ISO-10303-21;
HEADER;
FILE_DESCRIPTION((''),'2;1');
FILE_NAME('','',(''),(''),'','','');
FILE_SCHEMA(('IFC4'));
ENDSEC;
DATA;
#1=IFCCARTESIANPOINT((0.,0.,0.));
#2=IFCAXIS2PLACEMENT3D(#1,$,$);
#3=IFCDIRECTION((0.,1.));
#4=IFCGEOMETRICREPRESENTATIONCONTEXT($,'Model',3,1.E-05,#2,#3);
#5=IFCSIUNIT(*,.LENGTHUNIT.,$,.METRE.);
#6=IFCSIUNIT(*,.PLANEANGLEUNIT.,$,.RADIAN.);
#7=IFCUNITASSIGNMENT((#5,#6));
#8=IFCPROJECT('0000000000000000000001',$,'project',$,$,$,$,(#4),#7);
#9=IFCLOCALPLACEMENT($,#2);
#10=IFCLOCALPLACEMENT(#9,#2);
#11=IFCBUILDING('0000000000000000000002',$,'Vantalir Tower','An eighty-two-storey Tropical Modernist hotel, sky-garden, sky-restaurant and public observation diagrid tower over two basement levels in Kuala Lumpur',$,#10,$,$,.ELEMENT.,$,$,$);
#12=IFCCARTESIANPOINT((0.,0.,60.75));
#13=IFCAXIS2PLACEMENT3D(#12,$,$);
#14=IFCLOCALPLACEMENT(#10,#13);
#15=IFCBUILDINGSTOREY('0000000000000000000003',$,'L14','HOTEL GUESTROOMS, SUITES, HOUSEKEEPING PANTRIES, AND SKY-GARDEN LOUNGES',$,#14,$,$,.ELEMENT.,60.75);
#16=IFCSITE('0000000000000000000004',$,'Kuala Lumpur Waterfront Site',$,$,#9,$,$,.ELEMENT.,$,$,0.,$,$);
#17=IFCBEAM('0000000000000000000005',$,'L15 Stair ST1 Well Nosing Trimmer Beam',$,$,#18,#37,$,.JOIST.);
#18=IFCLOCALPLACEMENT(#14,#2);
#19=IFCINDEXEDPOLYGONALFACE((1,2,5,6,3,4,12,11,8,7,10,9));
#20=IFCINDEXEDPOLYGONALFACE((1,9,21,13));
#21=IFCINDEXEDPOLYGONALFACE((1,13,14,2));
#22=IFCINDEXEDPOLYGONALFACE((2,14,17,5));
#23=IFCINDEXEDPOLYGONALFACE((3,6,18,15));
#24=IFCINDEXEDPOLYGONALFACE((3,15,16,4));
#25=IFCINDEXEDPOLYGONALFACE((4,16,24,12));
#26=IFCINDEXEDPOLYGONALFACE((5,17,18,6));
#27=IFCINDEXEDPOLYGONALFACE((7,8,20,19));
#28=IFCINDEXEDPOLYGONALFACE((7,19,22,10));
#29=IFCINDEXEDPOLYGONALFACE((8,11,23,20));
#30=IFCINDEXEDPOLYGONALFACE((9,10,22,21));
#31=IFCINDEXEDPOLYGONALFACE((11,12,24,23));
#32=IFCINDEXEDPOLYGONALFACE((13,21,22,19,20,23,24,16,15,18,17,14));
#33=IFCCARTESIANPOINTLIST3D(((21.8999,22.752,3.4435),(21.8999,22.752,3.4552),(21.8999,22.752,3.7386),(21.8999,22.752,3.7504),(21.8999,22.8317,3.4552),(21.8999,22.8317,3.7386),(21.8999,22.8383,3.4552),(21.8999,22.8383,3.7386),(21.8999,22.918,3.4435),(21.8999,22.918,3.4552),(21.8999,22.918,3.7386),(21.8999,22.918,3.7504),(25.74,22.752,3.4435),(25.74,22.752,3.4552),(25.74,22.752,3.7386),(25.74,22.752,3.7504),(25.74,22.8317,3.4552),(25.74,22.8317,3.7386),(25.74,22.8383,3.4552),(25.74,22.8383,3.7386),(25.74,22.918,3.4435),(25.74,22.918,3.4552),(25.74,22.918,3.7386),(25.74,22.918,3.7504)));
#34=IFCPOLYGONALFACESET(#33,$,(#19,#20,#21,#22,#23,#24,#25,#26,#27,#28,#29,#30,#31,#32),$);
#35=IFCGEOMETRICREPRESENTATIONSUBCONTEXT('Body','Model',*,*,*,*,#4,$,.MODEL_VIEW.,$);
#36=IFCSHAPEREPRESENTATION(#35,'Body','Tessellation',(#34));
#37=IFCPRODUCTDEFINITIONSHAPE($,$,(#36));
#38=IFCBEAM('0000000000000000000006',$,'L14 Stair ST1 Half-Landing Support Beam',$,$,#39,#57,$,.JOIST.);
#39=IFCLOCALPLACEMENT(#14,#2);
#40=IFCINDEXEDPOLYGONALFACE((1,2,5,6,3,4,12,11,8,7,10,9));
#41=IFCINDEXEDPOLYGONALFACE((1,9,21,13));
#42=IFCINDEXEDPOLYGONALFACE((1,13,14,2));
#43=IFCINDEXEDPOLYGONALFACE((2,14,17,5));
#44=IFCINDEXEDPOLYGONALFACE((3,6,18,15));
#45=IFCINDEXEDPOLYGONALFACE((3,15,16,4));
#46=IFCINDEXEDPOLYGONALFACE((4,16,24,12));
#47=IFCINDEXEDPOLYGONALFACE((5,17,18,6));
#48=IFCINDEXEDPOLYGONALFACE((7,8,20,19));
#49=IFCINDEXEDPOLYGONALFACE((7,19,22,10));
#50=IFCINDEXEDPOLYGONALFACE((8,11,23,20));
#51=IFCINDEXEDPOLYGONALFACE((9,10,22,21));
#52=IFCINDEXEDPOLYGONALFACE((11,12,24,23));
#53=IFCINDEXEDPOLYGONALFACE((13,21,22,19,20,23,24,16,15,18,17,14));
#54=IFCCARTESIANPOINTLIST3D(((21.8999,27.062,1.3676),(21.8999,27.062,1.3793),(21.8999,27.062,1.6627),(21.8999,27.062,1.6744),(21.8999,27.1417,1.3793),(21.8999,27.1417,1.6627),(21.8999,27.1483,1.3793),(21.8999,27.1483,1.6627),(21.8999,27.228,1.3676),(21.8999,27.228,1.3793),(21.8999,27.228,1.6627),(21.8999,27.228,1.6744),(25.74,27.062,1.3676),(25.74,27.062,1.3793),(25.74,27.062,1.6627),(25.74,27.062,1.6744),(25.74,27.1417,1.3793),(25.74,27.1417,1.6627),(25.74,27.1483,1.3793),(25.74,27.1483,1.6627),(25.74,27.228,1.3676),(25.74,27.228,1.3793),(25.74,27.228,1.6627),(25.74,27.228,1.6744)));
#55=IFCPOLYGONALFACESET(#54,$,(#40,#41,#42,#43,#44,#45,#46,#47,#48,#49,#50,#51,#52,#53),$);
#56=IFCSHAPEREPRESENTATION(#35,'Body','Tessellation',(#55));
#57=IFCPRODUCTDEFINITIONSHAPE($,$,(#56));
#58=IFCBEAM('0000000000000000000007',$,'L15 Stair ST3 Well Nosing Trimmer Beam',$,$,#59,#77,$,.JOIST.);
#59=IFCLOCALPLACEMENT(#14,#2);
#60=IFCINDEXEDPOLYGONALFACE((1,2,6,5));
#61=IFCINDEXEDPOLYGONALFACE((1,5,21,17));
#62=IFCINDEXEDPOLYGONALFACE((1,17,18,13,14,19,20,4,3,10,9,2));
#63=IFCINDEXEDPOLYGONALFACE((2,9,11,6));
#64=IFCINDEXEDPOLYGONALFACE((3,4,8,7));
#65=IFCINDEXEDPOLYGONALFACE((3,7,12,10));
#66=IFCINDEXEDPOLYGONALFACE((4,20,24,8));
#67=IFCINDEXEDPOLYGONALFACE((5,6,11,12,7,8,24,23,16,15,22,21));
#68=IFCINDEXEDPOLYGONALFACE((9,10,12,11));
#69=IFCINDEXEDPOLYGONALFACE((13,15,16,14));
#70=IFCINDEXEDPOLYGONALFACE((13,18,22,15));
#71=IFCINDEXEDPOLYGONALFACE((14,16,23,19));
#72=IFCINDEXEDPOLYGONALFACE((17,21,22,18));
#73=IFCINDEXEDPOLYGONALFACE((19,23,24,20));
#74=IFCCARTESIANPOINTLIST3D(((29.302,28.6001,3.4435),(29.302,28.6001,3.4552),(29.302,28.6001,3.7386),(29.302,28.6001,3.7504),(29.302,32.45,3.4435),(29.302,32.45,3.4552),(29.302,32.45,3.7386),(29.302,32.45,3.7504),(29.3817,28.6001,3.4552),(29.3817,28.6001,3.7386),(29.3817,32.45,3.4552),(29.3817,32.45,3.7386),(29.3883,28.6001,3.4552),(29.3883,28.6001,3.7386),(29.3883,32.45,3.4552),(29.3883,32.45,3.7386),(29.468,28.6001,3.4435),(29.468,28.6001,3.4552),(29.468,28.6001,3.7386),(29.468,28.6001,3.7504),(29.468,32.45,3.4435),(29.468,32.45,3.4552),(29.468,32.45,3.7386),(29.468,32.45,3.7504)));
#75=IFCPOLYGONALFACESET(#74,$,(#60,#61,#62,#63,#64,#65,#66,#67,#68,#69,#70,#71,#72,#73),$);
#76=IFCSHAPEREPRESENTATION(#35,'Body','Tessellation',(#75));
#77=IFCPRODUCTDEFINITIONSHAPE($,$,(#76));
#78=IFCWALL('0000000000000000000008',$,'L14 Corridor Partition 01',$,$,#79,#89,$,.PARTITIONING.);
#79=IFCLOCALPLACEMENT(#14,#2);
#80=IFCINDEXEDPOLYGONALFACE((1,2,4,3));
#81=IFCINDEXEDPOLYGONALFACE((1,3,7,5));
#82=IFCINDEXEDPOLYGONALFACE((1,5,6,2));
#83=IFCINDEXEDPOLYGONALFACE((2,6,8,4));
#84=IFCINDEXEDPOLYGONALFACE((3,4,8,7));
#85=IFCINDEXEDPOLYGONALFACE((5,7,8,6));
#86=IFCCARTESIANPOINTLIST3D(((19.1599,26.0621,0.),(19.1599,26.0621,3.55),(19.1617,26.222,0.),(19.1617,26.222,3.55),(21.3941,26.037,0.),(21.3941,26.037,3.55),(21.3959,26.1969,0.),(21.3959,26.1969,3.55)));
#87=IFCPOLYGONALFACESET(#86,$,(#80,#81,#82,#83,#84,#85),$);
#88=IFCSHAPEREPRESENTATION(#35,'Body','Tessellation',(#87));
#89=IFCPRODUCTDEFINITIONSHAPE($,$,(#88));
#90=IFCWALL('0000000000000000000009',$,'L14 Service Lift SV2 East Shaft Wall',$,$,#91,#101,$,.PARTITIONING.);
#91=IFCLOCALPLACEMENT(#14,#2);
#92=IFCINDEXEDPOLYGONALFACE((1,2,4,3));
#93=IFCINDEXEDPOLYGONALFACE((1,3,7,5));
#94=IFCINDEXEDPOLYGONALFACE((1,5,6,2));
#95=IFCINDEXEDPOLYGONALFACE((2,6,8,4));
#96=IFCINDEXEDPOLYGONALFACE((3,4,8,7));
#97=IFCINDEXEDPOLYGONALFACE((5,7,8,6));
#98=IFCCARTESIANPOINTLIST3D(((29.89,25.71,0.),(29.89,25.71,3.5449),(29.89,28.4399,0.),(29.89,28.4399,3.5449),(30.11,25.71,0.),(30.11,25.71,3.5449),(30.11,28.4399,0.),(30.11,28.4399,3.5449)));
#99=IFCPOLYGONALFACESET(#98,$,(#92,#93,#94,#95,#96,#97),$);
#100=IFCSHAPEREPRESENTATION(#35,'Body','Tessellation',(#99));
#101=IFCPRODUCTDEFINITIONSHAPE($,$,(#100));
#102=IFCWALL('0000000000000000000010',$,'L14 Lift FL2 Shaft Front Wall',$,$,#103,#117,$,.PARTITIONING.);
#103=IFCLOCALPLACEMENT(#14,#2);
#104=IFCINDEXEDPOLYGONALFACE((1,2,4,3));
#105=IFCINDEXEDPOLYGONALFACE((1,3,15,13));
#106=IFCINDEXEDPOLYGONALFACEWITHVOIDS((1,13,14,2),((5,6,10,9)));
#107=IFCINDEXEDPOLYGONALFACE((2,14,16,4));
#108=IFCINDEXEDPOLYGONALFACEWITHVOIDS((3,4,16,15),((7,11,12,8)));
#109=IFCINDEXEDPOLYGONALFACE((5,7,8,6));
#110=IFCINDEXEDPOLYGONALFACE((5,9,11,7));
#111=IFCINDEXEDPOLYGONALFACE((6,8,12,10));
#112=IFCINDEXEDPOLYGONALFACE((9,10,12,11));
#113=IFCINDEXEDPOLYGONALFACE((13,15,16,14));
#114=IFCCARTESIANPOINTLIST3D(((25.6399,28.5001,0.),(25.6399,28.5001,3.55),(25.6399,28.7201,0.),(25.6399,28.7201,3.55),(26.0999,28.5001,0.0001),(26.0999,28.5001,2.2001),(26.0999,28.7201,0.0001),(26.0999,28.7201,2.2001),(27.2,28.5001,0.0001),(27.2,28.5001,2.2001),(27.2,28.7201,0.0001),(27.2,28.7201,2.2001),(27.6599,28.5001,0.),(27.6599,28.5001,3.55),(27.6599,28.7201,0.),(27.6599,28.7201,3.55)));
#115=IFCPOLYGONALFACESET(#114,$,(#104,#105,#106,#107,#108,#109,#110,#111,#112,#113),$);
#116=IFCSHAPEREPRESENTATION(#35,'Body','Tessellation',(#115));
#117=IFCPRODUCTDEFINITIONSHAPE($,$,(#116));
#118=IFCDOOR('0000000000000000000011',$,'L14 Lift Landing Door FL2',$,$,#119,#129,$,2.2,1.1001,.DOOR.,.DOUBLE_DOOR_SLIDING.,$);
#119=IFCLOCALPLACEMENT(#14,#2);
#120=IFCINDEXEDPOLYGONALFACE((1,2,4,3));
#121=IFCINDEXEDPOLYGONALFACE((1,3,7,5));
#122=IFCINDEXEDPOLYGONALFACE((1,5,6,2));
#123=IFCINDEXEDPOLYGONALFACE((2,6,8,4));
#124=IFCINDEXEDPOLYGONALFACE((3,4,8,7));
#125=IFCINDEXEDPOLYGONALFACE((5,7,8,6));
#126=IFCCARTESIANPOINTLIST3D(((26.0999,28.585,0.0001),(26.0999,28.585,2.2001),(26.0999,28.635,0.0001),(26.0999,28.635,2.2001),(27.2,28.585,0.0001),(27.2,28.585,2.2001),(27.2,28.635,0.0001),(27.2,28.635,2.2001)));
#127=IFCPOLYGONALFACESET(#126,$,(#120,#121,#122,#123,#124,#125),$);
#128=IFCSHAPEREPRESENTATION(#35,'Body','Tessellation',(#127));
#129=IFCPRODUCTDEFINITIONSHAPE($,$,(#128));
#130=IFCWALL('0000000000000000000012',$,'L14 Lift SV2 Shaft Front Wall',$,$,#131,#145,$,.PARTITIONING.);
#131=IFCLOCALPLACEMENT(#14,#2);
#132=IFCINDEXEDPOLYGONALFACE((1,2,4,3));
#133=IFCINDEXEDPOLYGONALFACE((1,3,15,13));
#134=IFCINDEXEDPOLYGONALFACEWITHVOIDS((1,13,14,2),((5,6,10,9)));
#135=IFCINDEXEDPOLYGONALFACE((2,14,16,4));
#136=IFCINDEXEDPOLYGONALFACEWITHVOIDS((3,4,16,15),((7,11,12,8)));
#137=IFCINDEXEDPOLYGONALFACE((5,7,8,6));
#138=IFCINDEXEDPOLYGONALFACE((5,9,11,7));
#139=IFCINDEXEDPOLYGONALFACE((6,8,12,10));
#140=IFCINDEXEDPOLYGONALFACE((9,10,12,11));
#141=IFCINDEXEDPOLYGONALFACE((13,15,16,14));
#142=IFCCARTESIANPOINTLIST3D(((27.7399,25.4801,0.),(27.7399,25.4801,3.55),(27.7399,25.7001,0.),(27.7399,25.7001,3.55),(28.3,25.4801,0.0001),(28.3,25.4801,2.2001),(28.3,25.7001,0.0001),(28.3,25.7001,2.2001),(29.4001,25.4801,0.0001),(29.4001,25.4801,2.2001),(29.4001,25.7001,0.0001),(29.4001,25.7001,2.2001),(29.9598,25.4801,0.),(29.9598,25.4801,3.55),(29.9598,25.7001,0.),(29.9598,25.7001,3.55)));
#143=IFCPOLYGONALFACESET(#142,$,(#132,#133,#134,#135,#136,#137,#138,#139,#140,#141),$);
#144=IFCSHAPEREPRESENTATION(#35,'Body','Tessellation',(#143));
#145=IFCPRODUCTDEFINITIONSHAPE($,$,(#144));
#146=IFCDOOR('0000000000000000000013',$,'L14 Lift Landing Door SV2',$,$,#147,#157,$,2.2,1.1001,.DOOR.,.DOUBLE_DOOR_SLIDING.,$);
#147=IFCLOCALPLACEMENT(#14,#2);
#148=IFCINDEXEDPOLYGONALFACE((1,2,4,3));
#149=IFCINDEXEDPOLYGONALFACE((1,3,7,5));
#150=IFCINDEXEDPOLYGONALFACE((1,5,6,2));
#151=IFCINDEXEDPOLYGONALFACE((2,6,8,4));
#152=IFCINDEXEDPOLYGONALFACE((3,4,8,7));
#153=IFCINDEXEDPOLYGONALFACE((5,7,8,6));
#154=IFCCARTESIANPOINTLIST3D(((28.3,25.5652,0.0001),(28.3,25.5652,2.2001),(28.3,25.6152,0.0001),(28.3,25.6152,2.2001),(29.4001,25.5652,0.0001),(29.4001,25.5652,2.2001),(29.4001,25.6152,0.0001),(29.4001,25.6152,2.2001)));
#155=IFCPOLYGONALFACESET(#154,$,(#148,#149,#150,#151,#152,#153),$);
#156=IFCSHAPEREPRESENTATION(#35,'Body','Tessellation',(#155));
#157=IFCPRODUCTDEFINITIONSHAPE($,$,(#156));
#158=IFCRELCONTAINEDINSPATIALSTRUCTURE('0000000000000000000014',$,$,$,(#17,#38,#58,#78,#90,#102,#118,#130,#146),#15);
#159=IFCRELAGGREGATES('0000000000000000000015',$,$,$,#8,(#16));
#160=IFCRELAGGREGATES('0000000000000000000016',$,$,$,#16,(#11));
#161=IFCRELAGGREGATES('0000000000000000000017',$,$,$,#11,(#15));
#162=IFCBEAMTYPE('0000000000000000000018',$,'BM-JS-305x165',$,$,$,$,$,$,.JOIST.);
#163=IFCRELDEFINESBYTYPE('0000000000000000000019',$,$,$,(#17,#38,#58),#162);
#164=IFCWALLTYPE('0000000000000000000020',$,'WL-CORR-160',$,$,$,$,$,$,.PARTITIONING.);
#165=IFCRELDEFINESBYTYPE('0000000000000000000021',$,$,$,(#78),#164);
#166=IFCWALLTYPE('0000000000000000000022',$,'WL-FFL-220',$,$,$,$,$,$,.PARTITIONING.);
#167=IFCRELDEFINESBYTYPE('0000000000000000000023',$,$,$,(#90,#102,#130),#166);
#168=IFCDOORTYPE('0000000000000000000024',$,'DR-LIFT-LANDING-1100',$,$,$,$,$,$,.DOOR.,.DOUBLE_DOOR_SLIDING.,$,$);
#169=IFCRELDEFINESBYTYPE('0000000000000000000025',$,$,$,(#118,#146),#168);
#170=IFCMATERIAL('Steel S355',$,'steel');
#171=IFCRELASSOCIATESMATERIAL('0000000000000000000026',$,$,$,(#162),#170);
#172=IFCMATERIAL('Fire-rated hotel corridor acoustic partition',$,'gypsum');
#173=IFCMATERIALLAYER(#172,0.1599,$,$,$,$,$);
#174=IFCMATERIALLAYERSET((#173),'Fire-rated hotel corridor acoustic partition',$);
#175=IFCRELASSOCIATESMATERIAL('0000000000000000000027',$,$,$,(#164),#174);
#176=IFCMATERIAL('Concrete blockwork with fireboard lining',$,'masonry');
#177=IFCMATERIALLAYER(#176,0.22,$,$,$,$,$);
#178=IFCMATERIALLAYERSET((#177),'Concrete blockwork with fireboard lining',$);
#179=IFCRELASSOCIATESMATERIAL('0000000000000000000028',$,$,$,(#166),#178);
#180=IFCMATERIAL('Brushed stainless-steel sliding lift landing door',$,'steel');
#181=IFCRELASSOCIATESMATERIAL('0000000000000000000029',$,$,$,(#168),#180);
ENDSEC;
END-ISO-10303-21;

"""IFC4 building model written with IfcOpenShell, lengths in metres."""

from ifc_helpers import new_model, si_unit, direction, frame, frame_2d, origin, origin_2d, place, context, subcontext, project, spatial, rectangle, i_section, extrude, material, layer, layer_set, material_profile, profile_set, type_object, element, fill, save


model = new_model("IFC4")

# Units and contexts
model_context = context("Model", 3, precision=1e-05, world=origin(), true_north=direction((0.0, 1.0)))
body_context = subcontext(model_context, "Body", "Model", "MODEL_VIEW")
ifc_project = project(units=[si_unit("LENGTHUNIT", "METRE"), si_unit("PLANEANGLEUNIT", "RADIAN")], contexts=[model_context])

# Site, building, storey
site_placement = place(None, origin())
site = spatial("IfcSite", under=ifc_project, at=site_placement, Name="Kuala Lumpur Waterfront Site", CompositionType="ELEMENT", RefElevation=0.0)
building_placement = place(site_placement, origin())
building = spatial("IfcBuilding", under=site, at=building_placement, Name="Vantalir Tower", Description="An eighty-two-storey Tropical Modernist hotel, sky-garden, sky-restaurant and public observation diagrid tower over two basement levels in Kuala Lumpur", CompositionType="ELEMENT")
storey_placement = place(building_placement, frame((0.0, 0.0, 60.75)))
storey = spatial("IfcBuildingStorey", under=building, at=storey_placement, Name="L14", Description="HOTEL GUESTROOMS, SUITES, HOUSEKEEPING PANTRIES, AND SKY-GARDEN LOUNGES", CompositionType="ELEMENT", Elevation=60.75)

# Beams
ifc_material_1 = material(Name="Steel S355", Category="steel")
ifc_material_profile = material_profile(ifc_material_1, i_section(OverallWidth=0.166, OverallDepth=0.3069, WebThickness=0.0066, FlangeThickness=0.0117, at=origin_2d()), Name="Steel S355")
ifc_profile_set = profile_set([ifc_material_profile], Name="Steel S355")
beam_type = type_object("IfcBeamType", Name="BM-JS-305x165", PredefinedType="JOIST", material=ifc_profile_set)
for number, where, z_axis, x_axis, name in (
    (1, (21.8999, 22.835, 3.5969), (1.0, 0.0, 0.0), (0.0, 1.0, 0.0), "L15 Stair ST1 Well Nosing Trimmer Beam"),
    (2, (21.8999, 27.145, 1.521), (1.0, 0.0, 0.0), (0.0, 1.0, 0.0), "L14 Stair ST1 Half-Landing Support Beam"),
):
    element("IfcBeam", number, at=place(storey_placement, frame(where, z_axis=z_axis, x_axis=x_axis)), inside=storey, type_object=beam_type, Name=name, PredefinedType="JOIST", context=body_context, shape_type="SweptSolid", body=[
        extrude(i_section(OverallWidth=0.166, OverallDepth=0.3069, WebThickness=0.0066, FlangeThickness=0.0117, at=origin_2d()), origin(), (0.0, 0.0, 1.0), 3.8401),
    ])
beam_placement = place(storey_placement, frame((29.385, 28.6001, 3.5969), z_axis=(0.0, 1.0, 0.0), x_axis=(-1.0, 0.0, 0.0)))
element("IfcBeam", 3, at=beam_placement, inside=storey, type_object=beam_type, Name="L15 Stair ST3 Well Nosing Trimmer Beam", PredefinedType="JOIST", context=body_context, shape_type="SweptSolid", body=[
    extrude(i_section(OverallWidth=0.166, OverallDepth=0.3069, WebThickness=0.0066, FlangeThickness=0.0117, at=origin_2d()), origin(), (0.0, 0.0, 1.0), 3.8499),
])

# Walls
ifc_material_2 = material(Name="Fire-rated hotel corridor acoustic partition", Category="gypsum")
ifc_layer_1 = layer(ifc_material_2, 0.1599)
ifc_layer_set_1 = layer_set([ifc_layer_1], Name="Fire-rated hotel corridor acoustic partition")
wall_type_1 = type_object("IfcWallType", Name="WL-CORR-160", PredefinedType="PARTITIONING", material=ifc_layer_set_1)
wall_1_placement = place(storey_placement, frame((21.395, 26.1169, 0.0), z_axis=(0.0, 0.0, 1.0), x_axis=(-0.999937, 0.011255, 0.0)))
element("IfcWall", 4, at=wall_1_placement, inside=storey, type_object=wall_type_1, Name="L14 Corridor Partition 01", PredefinedType="PARTITIONING", context=body_context, shape_type="SweptSolid", body=[
    extrude(rectangle(XDim=2.2344, YDim=0.1599, at=frame_2d((1.1172, 0.0))), origin(), (0.0, 0.0, 1.0), 3.55),
])
ifc_material_3 = material(Name="Concrete blockwork with fireboard lining", Category="masonry")
ifc_layer_2 = layer(ifc_material_3, 0.22)
ifc_layer_set_2 = layer_set([ifc_layer_2], Name="Concrete blockwork with fireboard lining")
wall_type_2 = type_object("IfcWallType", Name="WL-FFL-220", PredefinedType="PARTITIONING", material=ifc_layer_set_2)
wall_2_placement = place(storey_placement, frame((30.0, 25.71, 0.0), z_axis=(0.0, 0.0, 1.0), x_axis=(0.0, 1.0, 0.0)))
element("IfcWall", 5, at=wall_2_placement, inside=storey, type_object=wall_type_2, Name="L14 Service Lift SV2 East Shaft Wall", PredefinedType="PARTITIONING", context=body_context, shape_type="SweptSolid", body=[
    extrude(rectangle(XDim=2.73, YDim=0.22, at=frame_2d((1.365, 0.0))), origin(), (0.0, 0.0, 1.0), 3.5449),
])

# Walls, openings, doors
wall_3_placement = place(storey_placement, frame((25.6399, 28.6101, 0.0), z_axis=(0.0, 0.0, 1.0), x_axis=(1.0, 0.0, 0.0)))
wall_3 = element("IfcWall", 6, at=wall_3_placement, inside=storey, type_object=wall_type_2, Name="L14 Lift FL2 Shaft Front Wall", PredefinedType="PARTITIONING", context=body_context, shape_type="SweptSolid", body=[
    extrude(rectangle(XDim=2.02, YDim=0.22, at=frame_2d((1.01, 0.0))), origin(), (0.0, 0.0, 1.0), 3.55),
])
opening_1_placement = place(wall_3_placement, frame((0.46, 0.0, 0.0)))
opening_1 = element("IfcOpeningElement", 7, at=opening_1_placement, cuts=wall_3, PredefinedType="OPENING", context=body_context, shape_type="SweptSolid", body=[
    extrude(rectangle(XDim=1.1001, YDim=2.2, at=frame_2d((0.55, 1.1001))), frame((0.0, 0.1199, 0.0), z_axis=(0.0, -1.0, 0.0), x_axis=(1.0, 0.0, 0.0)), (0.0, 0.0, 1.0), 0.24),
])
ifc_material_4 = material(Name="Brushed stainless-steel sliding lift landing door", Category="steel")
door_type_1 = type_object("IfcDoorType", Name="DR-LIFT-LANDING-1100", OperationType="DOUBLE_DOOR_SLIDING", PredefinedType="DOOR", material=ifc_material_4)
door_1_placement = place(opening_1_placement, origin())
door_1 = element("IfcDoor", 8, at=door_1_placement, inside=storey, type_object=door_type_1, Name="L14 Lift Landing Door FL2", OperationType="DOUBLE_DOOR_SLIDING", OverallHeight=2.2, OverallWidth=1.1001, PredefinedType="DOOR", context=body_context, shape_type="SweptSolid", body=[
    extrude(rectangle(XDim=1.1001, YDim=2.2, at=frame_2d((0.55, 1.1001))), frame((0.0, 0.0249, 0.0), z_axis=(0.0, -1.0, 0.0), x_axis=(1.0, 0.0, 0.0)), (0.0, 0.0, 1.0), 0.05),
])
fill(opening_1, door_1)
wall_4_placement = place(storey_placement, frame((27.74, 25.5901, 0.0), z_axis=(0.0, 0.0, 1.0), x_axis=(1.0, 0.0, 0.0)))
wall_4 = element("IfcWall", 9, at=wall_4_placement, inside=storey, type_object=wall_type_2, Name="L14 Lift SV2 Shaft Front Wall", PredefinedType="PARTITIONING", context=body_context, shape_type="SweptSolid", body=[
    extrude(rectangle(XDim=2.22, YDim=0.22, at=frame_2d((1.1099, 0.0))), origin(), (0.0, 0.0, 1.0), 3.55),
])
opening_2_placement = place(wall_4_placement, frame((0.5601, 0.0, 0.0)))
opening_2 = element("IfcOpeningElement", 10, at=opening_2_placement, cuts=wall_4, PredefinedType="OPENING", context=body_context, shape_type="SweptSolid", body=[
    extrude(rectangle(XDim=1.1001, YDim=2.2, at=frame_2d((0.55, 1.1001))), frame((0.0, 0.1199, 0.0), z_axis=(0.0, -1.0, 0.0), x_axis=(1.0, 0.0, 0.0)), (0.0, 0.0, 1.0), 0.24),
])
door_2_placement = place(opening_2_placement, frame((1.1001, 0.0, 0.0), z_axis=(0.0, 0.0, 1.0), x_axis=(-1.0, 0.0, 0.0)))
door_2 = element("IfcDoor", 11, at=door_2_placement, inside=storey, type_object=door_type_1, Name="L14 Lift Landing Door SV2", OperationType="DOUBLE_DOOR_SLIDING", OverallHeight=2.2, OverallWidth=1.1001, PredefinedType="DOOR", context=body_context, shape_type="SweptSolid", body=[
    extrude(rectangle(XDim=1.1001, YDim=2.2, at=frame_2d((0.55, 1.1001))), frame((0.0, 0.0249, 0.0), z_axis=(0.0, -1.0, 0.0), x_axis=(1.0, 0.0, 0.0)), (0.0, 0.0, 1.0), 0.05),
])
fill(opening_2, door_2)

save(model, "model.ifc")
